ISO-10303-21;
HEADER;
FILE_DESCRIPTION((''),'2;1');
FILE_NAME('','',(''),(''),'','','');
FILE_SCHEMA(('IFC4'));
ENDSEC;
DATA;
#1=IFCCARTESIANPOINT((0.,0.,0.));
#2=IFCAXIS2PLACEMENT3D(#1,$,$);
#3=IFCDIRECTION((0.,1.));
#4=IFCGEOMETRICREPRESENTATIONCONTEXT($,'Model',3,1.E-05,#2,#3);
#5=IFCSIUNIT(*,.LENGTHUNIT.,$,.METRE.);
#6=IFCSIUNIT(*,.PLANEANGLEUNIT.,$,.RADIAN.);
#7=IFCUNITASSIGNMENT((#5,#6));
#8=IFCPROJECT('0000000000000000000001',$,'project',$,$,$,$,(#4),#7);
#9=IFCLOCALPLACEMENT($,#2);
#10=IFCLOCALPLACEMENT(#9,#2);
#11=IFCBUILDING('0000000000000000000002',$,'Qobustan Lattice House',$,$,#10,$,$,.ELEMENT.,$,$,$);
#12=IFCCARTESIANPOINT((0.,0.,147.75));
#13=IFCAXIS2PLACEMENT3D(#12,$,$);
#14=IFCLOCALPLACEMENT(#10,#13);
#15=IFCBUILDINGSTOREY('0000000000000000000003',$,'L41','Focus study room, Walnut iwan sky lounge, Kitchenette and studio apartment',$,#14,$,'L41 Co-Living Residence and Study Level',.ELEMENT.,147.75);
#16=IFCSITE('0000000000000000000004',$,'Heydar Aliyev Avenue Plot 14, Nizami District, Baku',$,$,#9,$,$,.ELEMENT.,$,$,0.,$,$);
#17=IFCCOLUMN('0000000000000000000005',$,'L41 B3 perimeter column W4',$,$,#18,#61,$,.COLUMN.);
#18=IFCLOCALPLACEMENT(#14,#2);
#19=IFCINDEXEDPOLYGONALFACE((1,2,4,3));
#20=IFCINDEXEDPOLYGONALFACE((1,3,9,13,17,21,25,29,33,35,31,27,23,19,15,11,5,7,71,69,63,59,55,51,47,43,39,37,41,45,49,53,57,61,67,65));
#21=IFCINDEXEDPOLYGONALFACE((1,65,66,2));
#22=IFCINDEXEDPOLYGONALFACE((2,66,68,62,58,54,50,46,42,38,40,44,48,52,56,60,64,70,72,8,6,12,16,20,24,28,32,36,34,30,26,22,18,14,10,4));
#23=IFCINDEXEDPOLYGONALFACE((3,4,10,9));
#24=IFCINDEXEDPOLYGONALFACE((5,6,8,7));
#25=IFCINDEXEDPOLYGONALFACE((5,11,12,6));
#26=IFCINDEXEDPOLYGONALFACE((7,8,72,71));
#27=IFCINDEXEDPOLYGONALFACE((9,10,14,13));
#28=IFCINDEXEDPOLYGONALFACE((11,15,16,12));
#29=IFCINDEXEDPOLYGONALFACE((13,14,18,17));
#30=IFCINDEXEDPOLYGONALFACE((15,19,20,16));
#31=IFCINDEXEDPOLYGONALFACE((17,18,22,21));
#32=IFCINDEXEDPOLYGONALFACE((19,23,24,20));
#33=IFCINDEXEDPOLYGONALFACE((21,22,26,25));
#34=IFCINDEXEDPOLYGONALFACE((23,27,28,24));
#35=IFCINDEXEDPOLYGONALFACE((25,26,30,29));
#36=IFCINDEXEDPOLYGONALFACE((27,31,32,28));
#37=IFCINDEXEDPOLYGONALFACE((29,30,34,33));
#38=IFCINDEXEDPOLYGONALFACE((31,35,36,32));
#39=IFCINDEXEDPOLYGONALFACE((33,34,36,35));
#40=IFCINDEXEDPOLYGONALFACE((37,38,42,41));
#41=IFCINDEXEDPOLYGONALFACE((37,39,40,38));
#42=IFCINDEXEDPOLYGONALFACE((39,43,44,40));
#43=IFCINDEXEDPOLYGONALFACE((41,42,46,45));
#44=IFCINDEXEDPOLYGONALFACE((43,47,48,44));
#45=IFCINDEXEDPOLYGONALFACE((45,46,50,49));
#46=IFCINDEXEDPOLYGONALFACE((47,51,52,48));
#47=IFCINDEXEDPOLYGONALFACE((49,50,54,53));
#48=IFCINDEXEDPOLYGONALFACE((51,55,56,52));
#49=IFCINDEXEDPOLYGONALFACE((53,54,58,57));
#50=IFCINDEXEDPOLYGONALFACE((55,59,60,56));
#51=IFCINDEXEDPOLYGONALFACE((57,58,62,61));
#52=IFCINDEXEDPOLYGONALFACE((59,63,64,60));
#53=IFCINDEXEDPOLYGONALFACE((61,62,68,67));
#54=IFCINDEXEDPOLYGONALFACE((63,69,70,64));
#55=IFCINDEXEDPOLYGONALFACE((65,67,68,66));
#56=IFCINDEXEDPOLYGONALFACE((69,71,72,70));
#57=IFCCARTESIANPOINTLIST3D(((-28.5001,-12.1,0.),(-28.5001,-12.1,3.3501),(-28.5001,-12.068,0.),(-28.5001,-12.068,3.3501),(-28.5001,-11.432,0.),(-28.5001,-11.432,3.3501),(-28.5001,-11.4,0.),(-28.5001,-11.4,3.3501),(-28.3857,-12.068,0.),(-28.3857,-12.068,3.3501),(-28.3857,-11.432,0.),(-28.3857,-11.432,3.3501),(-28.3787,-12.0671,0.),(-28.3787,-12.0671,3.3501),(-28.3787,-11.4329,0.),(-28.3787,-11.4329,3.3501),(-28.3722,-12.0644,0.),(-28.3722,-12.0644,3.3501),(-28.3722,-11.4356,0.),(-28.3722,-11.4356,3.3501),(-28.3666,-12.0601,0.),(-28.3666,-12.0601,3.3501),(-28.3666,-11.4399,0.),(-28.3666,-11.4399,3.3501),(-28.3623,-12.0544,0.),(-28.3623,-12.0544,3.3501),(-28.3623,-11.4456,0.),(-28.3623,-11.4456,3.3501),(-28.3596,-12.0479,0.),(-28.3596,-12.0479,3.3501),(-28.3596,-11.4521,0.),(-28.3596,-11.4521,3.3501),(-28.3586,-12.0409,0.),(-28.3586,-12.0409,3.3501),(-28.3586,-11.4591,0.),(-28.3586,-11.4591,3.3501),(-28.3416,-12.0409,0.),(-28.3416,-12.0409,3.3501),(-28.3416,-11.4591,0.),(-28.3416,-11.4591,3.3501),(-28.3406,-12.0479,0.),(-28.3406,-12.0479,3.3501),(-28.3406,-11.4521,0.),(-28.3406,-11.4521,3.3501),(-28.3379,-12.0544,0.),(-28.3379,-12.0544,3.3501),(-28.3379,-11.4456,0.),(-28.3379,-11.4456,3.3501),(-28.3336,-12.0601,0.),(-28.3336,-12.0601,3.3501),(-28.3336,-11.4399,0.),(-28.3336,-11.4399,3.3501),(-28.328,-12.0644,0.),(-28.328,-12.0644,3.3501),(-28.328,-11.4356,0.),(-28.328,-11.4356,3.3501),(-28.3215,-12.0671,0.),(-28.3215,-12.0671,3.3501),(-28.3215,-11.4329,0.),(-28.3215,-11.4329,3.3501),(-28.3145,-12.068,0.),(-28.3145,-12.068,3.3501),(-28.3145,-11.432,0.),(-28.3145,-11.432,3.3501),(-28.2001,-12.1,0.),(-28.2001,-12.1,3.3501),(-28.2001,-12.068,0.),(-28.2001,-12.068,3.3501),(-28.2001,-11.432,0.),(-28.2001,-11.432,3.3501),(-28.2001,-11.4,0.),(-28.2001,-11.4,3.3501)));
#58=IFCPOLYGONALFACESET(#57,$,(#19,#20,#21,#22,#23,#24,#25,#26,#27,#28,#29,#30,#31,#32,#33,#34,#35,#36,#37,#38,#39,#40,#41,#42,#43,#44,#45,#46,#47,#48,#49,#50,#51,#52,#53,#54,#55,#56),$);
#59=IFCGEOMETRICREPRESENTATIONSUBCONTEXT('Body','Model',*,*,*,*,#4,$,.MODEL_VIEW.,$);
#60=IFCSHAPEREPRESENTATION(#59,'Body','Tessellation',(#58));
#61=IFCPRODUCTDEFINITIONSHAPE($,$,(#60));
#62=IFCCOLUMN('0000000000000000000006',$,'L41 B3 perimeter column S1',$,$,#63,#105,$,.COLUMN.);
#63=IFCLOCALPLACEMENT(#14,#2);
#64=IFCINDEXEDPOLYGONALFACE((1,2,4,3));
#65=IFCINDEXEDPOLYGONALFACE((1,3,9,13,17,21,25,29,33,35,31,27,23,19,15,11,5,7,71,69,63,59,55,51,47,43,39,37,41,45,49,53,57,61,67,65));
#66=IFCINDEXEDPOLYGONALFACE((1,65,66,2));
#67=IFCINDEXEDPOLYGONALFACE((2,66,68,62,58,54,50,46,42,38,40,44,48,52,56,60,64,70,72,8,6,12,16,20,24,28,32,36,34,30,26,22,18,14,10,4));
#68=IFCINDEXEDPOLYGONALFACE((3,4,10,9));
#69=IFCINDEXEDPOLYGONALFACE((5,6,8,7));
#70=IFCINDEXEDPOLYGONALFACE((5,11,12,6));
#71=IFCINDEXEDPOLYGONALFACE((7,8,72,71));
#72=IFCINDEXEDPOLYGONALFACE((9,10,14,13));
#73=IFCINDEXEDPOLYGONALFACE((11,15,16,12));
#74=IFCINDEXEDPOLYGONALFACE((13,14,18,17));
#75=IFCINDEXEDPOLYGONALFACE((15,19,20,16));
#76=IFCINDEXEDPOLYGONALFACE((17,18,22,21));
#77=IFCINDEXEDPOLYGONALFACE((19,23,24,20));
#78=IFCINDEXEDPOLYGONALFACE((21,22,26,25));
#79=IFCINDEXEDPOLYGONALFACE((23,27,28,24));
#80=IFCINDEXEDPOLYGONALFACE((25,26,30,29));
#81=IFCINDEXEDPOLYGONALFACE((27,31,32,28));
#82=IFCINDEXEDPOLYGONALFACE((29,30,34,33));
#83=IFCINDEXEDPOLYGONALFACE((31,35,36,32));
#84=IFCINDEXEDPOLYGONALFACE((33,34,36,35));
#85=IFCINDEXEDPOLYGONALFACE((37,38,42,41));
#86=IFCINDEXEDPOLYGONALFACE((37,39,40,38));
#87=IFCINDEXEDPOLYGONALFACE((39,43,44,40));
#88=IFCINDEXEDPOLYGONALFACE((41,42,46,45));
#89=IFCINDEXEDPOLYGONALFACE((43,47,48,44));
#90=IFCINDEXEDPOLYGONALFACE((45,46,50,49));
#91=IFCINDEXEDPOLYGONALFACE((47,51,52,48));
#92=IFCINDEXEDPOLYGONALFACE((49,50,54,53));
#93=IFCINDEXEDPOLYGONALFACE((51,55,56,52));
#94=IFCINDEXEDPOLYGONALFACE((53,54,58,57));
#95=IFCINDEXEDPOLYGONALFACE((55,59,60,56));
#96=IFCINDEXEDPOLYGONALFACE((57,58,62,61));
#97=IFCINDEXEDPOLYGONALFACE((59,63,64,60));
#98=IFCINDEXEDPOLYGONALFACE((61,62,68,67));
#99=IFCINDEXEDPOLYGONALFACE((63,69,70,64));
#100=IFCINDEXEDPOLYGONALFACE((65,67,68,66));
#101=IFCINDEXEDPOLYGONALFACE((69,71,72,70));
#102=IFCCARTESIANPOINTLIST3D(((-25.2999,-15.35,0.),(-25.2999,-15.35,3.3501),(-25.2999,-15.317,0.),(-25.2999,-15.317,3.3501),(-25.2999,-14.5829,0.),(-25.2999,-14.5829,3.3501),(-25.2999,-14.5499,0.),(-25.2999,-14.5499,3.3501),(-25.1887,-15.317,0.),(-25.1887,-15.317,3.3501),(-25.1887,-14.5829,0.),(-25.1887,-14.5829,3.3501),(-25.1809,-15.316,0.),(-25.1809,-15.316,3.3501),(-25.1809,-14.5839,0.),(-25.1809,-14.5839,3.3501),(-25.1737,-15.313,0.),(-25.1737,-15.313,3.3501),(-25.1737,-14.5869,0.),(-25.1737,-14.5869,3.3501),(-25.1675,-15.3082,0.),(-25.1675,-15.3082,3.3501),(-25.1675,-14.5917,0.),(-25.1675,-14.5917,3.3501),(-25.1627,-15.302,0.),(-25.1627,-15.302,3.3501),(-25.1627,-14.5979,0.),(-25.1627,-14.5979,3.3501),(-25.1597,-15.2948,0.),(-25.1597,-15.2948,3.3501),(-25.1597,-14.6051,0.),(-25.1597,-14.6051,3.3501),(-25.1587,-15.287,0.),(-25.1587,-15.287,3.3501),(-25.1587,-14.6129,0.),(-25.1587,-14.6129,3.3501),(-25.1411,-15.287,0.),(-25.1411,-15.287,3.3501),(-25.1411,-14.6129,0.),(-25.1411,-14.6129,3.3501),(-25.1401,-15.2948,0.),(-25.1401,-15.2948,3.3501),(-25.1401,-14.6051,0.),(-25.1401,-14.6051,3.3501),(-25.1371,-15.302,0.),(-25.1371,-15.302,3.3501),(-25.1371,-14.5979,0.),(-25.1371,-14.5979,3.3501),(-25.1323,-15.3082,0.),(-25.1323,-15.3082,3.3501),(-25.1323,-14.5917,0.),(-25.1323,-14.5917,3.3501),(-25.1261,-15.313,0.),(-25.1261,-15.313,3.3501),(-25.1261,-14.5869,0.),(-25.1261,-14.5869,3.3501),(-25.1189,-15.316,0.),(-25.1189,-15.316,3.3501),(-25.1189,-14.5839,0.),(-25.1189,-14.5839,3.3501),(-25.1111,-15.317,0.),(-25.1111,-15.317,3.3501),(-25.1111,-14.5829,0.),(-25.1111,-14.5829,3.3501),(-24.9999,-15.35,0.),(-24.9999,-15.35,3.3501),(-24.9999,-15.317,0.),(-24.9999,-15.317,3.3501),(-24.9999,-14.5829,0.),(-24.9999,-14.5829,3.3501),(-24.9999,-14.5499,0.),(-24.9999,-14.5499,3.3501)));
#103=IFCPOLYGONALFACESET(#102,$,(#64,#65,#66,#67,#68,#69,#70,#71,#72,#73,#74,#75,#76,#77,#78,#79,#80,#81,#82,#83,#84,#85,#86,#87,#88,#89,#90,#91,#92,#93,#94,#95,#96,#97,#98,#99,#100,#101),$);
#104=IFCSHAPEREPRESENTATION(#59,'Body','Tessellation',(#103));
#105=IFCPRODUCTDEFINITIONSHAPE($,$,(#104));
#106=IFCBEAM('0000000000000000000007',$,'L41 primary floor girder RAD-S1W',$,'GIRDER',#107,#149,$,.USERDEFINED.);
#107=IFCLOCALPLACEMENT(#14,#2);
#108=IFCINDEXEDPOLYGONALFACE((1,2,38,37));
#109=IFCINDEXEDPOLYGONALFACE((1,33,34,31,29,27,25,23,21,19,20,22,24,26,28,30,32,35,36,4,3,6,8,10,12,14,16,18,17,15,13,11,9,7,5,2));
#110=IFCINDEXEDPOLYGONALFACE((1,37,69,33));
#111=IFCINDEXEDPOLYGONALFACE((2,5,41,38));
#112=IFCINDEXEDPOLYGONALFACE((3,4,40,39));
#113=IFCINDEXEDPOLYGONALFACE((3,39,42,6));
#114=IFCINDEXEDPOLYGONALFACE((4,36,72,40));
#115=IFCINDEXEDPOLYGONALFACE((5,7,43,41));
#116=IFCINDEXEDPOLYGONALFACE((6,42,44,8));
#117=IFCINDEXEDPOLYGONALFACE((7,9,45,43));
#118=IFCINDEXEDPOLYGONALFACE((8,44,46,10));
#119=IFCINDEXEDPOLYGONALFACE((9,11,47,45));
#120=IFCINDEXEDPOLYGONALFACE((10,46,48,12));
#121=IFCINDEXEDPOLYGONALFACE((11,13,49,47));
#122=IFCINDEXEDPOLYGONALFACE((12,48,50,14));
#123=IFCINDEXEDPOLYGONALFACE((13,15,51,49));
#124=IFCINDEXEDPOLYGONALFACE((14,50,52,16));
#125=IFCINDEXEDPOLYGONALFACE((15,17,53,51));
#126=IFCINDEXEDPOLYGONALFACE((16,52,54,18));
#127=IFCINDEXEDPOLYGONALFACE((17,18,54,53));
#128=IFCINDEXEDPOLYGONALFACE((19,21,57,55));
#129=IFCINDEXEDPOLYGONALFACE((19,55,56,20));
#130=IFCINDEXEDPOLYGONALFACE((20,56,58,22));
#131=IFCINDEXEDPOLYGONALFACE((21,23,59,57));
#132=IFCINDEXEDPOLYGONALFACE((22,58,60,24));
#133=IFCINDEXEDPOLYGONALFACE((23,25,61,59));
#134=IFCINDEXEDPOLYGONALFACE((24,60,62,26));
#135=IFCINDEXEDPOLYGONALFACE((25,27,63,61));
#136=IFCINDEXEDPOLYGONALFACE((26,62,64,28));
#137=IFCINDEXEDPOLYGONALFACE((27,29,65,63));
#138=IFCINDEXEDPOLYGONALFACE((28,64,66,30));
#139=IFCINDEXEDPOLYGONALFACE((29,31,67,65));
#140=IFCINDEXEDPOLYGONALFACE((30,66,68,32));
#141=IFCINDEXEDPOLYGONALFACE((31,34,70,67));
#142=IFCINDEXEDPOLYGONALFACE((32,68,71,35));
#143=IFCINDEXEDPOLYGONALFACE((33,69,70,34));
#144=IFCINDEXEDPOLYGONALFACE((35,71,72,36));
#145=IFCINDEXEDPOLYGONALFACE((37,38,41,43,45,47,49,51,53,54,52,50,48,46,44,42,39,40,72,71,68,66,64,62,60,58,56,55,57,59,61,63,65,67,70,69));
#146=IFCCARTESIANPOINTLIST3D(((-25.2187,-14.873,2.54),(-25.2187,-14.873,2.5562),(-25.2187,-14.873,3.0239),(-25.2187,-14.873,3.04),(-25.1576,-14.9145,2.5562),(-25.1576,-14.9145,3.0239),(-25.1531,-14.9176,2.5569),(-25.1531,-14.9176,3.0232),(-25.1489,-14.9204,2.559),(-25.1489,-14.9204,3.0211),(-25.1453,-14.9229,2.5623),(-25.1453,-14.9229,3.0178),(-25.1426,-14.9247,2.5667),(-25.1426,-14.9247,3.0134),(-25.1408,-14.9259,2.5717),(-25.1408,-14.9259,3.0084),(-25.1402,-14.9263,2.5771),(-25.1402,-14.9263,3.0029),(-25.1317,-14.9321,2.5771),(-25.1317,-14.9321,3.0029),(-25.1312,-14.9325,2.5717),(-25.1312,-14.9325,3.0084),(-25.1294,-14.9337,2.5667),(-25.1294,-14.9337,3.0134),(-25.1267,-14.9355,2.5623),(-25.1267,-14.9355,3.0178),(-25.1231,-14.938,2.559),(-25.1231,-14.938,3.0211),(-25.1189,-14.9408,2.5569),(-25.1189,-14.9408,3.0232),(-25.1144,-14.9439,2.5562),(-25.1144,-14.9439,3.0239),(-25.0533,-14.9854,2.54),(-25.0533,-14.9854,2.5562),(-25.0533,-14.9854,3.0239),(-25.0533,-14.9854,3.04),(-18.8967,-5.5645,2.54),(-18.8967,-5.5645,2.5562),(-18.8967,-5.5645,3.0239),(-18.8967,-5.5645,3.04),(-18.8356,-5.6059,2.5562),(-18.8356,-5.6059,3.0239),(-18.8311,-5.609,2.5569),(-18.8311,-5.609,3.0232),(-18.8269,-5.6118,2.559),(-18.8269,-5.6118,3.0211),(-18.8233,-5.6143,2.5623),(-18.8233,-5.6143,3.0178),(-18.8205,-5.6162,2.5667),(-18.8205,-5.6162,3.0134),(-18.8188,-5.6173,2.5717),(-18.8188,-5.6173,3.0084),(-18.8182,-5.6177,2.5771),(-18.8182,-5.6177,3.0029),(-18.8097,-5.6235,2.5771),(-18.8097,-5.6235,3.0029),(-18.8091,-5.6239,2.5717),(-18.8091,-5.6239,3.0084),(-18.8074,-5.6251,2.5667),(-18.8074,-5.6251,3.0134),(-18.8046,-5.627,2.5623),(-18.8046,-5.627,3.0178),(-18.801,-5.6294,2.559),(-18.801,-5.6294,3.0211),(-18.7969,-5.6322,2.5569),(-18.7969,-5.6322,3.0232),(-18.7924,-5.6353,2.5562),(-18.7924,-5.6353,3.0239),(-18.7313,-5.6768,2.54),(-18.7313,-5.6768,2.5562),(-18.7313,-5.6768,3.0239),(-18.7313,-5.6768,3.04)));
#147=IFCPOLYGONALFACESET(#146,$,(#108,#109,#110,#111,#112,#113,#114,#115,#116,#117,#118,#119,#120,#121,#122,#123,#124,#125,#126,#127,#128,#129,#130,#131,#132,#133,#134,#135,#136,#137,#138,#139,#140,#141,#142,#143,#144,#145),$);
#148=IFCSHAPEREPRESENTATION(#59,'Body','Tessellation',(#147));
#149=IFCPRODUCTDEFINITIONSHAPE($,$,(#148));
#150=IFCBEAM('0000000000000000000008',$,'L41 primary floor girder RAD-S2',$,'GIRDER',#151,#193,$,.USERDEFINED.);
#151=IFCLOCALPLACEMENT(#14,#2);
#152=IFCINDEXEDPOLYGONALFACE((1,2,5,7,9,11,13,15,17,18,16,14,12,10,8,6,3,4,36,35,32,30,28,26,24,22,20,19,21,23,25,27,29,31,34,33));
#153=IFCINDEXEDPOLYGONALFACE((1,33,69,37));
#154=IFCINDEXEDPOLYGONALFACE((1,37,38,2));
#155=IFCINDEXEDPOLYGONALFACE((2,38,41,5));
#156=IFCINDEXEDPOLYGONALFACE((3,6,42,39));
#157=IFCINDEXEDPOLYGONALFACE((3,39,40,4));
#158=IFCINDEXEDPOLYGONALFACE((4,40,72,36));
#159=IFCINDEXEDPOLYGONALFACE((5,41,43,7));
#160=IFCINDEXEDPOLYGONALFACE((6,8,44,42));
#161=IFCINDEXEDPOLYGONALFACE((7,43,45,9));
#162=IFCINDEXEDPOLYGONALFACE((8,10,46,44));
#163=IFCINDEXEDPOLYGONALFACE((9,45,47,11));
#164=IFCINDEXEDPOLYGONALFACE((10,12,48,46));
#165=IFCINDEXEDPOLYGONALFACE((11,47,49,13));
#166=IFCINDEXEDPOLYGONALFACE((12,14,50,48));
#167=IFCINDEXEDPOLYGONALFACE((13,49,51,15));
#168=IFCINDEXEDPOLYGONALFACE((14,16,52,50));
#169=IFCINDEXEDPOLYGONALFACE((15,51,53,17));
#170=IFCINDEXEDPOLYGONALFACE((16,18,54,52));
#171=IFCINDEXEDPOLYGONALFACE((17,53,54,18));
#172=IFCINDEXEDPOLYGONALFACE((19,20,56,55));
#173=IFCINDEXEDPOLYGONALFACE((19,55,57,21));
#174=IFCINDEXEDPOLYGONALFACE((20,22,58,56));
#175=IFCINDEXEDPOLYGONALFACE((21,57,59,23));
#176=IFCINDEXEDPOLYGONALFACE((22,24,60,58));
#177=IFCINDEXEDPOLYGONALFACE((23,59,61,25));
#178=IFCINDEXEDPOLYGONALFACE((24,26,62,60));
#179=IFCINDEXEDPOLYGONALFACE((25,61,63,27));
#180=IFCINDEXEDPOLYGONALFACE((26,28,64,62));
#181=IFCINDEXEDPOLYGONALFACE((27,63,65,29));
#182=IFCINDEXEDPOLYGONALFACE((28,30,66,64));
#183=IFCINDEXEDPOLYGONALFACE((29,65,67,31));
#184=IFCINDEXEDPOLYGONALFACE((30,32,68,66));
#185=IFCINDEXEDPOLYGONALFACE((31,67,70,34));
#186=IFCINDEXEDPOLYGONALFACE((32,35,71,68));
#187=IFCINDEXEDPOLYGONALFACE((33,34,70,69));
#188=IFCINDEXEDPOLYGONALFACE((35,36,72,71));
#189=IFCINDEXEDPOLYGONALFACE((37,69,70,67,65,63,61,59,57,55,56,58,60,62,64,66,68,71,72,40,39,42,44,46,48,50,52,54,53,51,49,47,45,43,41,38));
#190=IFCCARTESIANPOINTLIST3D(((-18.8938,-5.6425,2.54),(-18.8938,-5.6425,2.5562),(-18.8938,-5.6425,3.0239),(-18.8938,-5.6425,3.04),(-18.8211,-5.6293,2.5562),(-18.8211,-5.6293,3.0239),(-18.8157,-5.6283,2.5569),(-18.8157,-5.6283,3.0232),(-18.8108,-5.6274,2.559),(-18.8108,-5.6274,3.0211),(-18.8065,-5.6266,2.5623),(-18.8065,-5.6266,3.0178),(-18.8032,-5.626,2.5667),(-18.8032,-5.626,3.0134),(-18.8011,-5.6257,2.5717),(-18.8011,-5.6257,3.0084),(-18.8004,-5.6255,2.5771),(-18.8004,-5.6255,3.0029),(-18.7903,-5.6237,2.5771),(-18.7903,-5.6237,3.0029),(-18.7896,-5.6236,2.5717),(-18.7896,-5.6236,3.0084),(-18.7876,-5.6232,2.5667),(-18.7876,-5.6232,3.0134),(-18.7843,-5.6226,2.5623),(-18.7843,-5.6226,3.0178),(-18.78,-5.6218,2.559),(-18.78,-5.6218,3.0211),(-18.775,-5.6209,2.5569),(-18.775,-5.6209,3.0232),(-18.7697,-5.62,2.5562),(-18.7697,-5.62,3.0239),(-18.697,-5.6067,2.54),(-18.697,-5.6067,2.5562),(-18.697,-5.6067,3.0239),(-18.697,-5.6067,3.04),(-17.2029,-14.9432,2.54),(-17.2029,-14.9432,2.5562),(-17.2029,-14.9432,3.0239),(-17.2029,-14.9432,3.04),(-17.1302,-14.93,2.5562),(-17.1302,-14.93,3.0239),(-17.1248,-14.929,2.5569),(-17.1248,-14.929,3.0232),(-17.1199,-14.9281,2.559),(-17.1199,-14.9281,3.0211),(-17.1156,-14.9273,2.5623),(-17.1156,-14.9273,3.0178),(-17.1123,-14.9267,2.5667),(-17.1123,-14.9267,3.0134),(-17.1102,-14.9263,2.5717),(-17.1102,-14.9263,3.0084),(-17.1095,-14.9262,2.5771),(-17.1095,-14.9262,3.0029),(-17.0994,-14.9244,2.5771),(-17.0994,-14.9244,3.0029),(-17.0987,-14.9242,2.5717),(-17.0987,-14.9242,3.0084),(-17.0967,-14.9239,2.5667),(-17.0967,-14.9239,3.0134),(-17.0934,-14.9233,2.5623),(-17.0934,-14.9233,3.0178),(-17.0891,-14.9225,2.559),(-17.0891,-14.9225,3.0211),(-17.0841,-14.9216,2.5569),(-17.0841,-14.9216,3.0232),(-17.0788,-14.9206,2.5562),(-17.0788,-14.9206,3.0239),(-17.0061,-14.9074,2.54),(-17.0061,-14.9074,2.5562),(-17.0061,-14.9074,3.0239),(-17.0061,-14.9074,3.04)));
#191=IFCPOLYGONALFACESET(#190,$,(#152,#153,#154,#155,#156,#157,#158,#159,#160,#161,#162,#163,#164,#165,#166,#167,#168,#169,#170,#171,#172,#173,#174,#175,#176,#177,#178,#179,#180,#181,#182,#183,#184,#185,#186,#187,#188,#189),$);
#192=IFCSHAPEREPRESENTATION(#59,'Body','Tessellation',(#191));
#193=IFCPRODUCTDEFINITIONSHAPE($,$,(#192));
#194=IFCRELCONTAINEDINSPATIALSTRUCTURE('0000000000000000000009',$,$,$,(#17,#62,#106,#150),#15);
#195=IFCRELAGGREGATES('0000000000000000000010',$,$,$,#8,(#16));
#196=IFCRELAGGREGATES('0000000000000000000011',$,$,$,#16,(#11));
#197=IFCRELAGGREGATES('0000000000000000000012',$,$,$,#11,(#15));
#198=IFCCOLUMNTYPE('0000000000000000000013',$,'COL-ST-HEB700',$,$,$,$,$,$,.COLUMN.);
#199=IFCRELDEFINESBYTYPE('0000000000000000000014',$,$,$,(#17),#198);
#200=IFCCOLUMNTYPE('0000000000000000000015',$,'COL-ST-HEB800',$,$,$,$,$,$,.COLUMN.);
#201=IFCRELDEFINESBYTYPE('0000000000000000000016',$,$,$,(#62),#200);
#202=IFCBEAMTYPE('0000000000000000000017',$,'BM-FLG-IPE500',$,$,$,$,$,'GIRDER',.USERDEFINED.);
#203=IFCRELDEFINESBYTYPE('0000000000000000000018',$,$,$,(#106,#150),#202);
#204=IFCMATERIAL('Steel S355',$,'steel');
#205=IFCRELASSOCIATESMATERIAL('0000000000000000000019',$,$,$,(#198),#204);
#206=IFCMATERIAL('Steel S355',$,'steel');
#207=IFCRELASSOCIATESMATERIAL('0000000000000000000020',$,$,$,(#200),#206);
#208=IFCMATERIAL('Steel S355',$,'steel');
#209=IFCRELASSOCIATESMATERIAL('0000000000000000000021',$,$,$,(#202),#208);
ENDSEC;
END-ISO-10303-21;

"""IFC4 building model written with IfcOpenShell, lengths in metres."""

from ifc_helpers import new_model, si_unit, direction, frame, origin, origin_2d, place, context, subcontext, project, spatial, i_section, extrude, material, material_profile, profile_set, type_object, element, save


model = new_model("IFC4")

# Units and contexts
model_context = context("Model", 3, precision=1e-05, world=origin(), true_north=direction((0.0, 1.0)))
body_context = subcontext(model_context, "Body", "Model", "MODEL_VIEW")
ifc_project = project(units=[si_unit("LENGTHUNIT", "METRE"), si_unit("PLANEANGLEUNIT", "RADIAN")], contexts=[model_context])

# Site, building, storey
site_placement = place(None, origin())
site = spatial("IfcSite", under=ifc_project, at=site_placement, Name="Heydar Aliyev Avenue Plot 14, Nizami District, Baku", CompositionType="ELEMENT", RefElevation=0.0)
building_placement = place(site_placement, origin())
building = spatial("IfcBuilding", under=site, at=building_placement, Name="Qobustan Lattice House", CompositionType="ELEMENT")
storey_placement = place(building_placement, frame((0.0, 0.0, 147.75)))
storey = spatial("IfcBuildingStorey", under=building, at=storey_placement, Name="L41", Description="Focus study room, Walnut iwan sky lounge, Kitchenette and studio apartment", LongName="L41 Co-Living Residence and Study Level", CompositionType="ELEMENT", Elevation=147.75)

# Columns
ifc_material_1 = material(Name="Steel S355", Category="steel")
ifc_material_profile_1 = material_profile(ifc_material_1, i_section(OverallWidth=0.3, OverallDepth=0.7, WebThickness=0.0171, FlangeThickness=0.032, FilletRadius=0.0271, at=origin_2d()), Name="HEB700")
ifc_profile_set_1 = profile_set([ifc_material_profile_1], Name="Steel S355")
column_type_1 = type_object("IfcColumnType", Name="COL-ST-HEB700", PredefinedType="COLUMN", material=ifc_profile_set_1)
column_1_placement = place(storey_placement, frame((-28.3501, -11.75, 0.0), z_axis=(0.0, 0.0, 1.0), x_axis=(1.0, 0.0, 0.0)))
element("IfcColumn", 1, at=column_1_placement, inside=storey, type_object=column_type_1, Name="L41 B3 perimeter column W4", PredefinedType="COLUMN", context=body_context, shape_type="SweptSolid", body=[
    extrude(i_section(OverallWidth=0.3, OverallDepth=0.7, WebThickness=0.0171, FlangeThickness=0.032, FilletRadius=0.0271, at=origin_2d()), origin(), (0.0, 0.0, 1.0), 3.3501),
])
ifc_material_2 = material(Name="Steel S355", Category="steel")
ifc_material_profile_2 = material_profile(ifc_material_2, i_section(OverallWidth=0.3, OverallDepth=0.8, WebThickness=0.0176, FlangeThickness=0.033, FilletRadius=0.03, at=origin_2d()), Name="HEB800")
ifc_profile_set_2 = profile_set([ifc_material_profile_2], Name="Steel S355")
column_type_2 = type_object("IfcColumnType", Name="COL-ST-HEB800", PredefinedType="COLUMN", material=ifc_profile_set_2)
column_2_placement = place(storey_placement, frame((-25.1499, -14.95, 0.0), z_axis=(0.0, 0.0, 1.0), x_axis=(1.0, 0.0, 0.0)))
element("IfcColumn", 2, at=column_2_placement, inside=storey, type_object=column_type_2, Name="L41 B3 perimeter column S1", PredefinedType="COLUMN", context=body_context, shape_type="SweptSolid", body=[
    extrude(i_section(OverallWidth=0.3, OverallDepth=0.8, WebThickness=0.0176, FlangeThickness=0.033, FilletRadius=0.03, at=origin_2d()), origin(), (0.0, 0.0, 1.0), 3.3501),
])

# Beams
ifc_material_3 = material(Name="Steel S355", Category="steel")
ifc_material_profile_3 = material_profile(ifc_material_3, i_section(OverallWidth=0.2, OverallDepth=0.5, WebThickness=0.0103, FlangeThickness=0.0161, FilletRadius=0.021, at=origin_2d()), Name="IPE500")
ifc_profile_set_3 = profile_set([ifc_material_profile_3], Name="Steel S355")
beam_type_1 = type_object("IfcBeamType", Name="BM-FLG-IPE500", ElementType="GIRDER", PredefinedType="USERDEFINED", material=ifc_profile_set_3)
beam_1_placement = place(storey_placement, frame((-25.136, -14.9292, 2.79), z_axis=(0.561835, 0.82725, 0.0), x_axis=(-0.82725, 0.561835, 0.0)))
element("IfcBeam", 3, at=beam_1_placement, inside=storey, type_object=beam_type_1, Name="L41 primary floor girder RAD-S1W", ObjectType="GIRDER", PredefinedType="USERDEFINED", context=body_context, shape_type="SweptSolid", body=[
    extrude(i_section(OverallWidth=0.2, OverallDepth=0.5, WebThickness=0.0103, FlangeThickness=0.0161, FilletRadius=0.021, at=origin_2d()), origin(), (0.0, 0.0, 1.0), 11.2524),
])
beam_2_placement = place(storey_placement, frame((-17.1045, -14.9253, 2.79), z_axis=(-0.178872, 0.983872, 0.0), x_axis=(-0.983872, -0.178872, 0.0)))
element("IfcBeam", 4, at=beam_2_placement, inside=storey, type_object=beam_type_1, Name="L41 primary floor girder RAD-S2", ObjectType="GIRDER", PredefinedType="USERDEFINED", context=body_context, shape_type="SweptSolid", body=[
    extrude(i_section(OverallWidth=0.2, OverallDepth=0.5, WebThickness=0.0103, FlangeThickness=0.0161, FilletRadius=0.021, at=origin_2d()), origin(), (0.0, 0.0, 1.0), 9.4531),
])

save(model, "model.ifc")
